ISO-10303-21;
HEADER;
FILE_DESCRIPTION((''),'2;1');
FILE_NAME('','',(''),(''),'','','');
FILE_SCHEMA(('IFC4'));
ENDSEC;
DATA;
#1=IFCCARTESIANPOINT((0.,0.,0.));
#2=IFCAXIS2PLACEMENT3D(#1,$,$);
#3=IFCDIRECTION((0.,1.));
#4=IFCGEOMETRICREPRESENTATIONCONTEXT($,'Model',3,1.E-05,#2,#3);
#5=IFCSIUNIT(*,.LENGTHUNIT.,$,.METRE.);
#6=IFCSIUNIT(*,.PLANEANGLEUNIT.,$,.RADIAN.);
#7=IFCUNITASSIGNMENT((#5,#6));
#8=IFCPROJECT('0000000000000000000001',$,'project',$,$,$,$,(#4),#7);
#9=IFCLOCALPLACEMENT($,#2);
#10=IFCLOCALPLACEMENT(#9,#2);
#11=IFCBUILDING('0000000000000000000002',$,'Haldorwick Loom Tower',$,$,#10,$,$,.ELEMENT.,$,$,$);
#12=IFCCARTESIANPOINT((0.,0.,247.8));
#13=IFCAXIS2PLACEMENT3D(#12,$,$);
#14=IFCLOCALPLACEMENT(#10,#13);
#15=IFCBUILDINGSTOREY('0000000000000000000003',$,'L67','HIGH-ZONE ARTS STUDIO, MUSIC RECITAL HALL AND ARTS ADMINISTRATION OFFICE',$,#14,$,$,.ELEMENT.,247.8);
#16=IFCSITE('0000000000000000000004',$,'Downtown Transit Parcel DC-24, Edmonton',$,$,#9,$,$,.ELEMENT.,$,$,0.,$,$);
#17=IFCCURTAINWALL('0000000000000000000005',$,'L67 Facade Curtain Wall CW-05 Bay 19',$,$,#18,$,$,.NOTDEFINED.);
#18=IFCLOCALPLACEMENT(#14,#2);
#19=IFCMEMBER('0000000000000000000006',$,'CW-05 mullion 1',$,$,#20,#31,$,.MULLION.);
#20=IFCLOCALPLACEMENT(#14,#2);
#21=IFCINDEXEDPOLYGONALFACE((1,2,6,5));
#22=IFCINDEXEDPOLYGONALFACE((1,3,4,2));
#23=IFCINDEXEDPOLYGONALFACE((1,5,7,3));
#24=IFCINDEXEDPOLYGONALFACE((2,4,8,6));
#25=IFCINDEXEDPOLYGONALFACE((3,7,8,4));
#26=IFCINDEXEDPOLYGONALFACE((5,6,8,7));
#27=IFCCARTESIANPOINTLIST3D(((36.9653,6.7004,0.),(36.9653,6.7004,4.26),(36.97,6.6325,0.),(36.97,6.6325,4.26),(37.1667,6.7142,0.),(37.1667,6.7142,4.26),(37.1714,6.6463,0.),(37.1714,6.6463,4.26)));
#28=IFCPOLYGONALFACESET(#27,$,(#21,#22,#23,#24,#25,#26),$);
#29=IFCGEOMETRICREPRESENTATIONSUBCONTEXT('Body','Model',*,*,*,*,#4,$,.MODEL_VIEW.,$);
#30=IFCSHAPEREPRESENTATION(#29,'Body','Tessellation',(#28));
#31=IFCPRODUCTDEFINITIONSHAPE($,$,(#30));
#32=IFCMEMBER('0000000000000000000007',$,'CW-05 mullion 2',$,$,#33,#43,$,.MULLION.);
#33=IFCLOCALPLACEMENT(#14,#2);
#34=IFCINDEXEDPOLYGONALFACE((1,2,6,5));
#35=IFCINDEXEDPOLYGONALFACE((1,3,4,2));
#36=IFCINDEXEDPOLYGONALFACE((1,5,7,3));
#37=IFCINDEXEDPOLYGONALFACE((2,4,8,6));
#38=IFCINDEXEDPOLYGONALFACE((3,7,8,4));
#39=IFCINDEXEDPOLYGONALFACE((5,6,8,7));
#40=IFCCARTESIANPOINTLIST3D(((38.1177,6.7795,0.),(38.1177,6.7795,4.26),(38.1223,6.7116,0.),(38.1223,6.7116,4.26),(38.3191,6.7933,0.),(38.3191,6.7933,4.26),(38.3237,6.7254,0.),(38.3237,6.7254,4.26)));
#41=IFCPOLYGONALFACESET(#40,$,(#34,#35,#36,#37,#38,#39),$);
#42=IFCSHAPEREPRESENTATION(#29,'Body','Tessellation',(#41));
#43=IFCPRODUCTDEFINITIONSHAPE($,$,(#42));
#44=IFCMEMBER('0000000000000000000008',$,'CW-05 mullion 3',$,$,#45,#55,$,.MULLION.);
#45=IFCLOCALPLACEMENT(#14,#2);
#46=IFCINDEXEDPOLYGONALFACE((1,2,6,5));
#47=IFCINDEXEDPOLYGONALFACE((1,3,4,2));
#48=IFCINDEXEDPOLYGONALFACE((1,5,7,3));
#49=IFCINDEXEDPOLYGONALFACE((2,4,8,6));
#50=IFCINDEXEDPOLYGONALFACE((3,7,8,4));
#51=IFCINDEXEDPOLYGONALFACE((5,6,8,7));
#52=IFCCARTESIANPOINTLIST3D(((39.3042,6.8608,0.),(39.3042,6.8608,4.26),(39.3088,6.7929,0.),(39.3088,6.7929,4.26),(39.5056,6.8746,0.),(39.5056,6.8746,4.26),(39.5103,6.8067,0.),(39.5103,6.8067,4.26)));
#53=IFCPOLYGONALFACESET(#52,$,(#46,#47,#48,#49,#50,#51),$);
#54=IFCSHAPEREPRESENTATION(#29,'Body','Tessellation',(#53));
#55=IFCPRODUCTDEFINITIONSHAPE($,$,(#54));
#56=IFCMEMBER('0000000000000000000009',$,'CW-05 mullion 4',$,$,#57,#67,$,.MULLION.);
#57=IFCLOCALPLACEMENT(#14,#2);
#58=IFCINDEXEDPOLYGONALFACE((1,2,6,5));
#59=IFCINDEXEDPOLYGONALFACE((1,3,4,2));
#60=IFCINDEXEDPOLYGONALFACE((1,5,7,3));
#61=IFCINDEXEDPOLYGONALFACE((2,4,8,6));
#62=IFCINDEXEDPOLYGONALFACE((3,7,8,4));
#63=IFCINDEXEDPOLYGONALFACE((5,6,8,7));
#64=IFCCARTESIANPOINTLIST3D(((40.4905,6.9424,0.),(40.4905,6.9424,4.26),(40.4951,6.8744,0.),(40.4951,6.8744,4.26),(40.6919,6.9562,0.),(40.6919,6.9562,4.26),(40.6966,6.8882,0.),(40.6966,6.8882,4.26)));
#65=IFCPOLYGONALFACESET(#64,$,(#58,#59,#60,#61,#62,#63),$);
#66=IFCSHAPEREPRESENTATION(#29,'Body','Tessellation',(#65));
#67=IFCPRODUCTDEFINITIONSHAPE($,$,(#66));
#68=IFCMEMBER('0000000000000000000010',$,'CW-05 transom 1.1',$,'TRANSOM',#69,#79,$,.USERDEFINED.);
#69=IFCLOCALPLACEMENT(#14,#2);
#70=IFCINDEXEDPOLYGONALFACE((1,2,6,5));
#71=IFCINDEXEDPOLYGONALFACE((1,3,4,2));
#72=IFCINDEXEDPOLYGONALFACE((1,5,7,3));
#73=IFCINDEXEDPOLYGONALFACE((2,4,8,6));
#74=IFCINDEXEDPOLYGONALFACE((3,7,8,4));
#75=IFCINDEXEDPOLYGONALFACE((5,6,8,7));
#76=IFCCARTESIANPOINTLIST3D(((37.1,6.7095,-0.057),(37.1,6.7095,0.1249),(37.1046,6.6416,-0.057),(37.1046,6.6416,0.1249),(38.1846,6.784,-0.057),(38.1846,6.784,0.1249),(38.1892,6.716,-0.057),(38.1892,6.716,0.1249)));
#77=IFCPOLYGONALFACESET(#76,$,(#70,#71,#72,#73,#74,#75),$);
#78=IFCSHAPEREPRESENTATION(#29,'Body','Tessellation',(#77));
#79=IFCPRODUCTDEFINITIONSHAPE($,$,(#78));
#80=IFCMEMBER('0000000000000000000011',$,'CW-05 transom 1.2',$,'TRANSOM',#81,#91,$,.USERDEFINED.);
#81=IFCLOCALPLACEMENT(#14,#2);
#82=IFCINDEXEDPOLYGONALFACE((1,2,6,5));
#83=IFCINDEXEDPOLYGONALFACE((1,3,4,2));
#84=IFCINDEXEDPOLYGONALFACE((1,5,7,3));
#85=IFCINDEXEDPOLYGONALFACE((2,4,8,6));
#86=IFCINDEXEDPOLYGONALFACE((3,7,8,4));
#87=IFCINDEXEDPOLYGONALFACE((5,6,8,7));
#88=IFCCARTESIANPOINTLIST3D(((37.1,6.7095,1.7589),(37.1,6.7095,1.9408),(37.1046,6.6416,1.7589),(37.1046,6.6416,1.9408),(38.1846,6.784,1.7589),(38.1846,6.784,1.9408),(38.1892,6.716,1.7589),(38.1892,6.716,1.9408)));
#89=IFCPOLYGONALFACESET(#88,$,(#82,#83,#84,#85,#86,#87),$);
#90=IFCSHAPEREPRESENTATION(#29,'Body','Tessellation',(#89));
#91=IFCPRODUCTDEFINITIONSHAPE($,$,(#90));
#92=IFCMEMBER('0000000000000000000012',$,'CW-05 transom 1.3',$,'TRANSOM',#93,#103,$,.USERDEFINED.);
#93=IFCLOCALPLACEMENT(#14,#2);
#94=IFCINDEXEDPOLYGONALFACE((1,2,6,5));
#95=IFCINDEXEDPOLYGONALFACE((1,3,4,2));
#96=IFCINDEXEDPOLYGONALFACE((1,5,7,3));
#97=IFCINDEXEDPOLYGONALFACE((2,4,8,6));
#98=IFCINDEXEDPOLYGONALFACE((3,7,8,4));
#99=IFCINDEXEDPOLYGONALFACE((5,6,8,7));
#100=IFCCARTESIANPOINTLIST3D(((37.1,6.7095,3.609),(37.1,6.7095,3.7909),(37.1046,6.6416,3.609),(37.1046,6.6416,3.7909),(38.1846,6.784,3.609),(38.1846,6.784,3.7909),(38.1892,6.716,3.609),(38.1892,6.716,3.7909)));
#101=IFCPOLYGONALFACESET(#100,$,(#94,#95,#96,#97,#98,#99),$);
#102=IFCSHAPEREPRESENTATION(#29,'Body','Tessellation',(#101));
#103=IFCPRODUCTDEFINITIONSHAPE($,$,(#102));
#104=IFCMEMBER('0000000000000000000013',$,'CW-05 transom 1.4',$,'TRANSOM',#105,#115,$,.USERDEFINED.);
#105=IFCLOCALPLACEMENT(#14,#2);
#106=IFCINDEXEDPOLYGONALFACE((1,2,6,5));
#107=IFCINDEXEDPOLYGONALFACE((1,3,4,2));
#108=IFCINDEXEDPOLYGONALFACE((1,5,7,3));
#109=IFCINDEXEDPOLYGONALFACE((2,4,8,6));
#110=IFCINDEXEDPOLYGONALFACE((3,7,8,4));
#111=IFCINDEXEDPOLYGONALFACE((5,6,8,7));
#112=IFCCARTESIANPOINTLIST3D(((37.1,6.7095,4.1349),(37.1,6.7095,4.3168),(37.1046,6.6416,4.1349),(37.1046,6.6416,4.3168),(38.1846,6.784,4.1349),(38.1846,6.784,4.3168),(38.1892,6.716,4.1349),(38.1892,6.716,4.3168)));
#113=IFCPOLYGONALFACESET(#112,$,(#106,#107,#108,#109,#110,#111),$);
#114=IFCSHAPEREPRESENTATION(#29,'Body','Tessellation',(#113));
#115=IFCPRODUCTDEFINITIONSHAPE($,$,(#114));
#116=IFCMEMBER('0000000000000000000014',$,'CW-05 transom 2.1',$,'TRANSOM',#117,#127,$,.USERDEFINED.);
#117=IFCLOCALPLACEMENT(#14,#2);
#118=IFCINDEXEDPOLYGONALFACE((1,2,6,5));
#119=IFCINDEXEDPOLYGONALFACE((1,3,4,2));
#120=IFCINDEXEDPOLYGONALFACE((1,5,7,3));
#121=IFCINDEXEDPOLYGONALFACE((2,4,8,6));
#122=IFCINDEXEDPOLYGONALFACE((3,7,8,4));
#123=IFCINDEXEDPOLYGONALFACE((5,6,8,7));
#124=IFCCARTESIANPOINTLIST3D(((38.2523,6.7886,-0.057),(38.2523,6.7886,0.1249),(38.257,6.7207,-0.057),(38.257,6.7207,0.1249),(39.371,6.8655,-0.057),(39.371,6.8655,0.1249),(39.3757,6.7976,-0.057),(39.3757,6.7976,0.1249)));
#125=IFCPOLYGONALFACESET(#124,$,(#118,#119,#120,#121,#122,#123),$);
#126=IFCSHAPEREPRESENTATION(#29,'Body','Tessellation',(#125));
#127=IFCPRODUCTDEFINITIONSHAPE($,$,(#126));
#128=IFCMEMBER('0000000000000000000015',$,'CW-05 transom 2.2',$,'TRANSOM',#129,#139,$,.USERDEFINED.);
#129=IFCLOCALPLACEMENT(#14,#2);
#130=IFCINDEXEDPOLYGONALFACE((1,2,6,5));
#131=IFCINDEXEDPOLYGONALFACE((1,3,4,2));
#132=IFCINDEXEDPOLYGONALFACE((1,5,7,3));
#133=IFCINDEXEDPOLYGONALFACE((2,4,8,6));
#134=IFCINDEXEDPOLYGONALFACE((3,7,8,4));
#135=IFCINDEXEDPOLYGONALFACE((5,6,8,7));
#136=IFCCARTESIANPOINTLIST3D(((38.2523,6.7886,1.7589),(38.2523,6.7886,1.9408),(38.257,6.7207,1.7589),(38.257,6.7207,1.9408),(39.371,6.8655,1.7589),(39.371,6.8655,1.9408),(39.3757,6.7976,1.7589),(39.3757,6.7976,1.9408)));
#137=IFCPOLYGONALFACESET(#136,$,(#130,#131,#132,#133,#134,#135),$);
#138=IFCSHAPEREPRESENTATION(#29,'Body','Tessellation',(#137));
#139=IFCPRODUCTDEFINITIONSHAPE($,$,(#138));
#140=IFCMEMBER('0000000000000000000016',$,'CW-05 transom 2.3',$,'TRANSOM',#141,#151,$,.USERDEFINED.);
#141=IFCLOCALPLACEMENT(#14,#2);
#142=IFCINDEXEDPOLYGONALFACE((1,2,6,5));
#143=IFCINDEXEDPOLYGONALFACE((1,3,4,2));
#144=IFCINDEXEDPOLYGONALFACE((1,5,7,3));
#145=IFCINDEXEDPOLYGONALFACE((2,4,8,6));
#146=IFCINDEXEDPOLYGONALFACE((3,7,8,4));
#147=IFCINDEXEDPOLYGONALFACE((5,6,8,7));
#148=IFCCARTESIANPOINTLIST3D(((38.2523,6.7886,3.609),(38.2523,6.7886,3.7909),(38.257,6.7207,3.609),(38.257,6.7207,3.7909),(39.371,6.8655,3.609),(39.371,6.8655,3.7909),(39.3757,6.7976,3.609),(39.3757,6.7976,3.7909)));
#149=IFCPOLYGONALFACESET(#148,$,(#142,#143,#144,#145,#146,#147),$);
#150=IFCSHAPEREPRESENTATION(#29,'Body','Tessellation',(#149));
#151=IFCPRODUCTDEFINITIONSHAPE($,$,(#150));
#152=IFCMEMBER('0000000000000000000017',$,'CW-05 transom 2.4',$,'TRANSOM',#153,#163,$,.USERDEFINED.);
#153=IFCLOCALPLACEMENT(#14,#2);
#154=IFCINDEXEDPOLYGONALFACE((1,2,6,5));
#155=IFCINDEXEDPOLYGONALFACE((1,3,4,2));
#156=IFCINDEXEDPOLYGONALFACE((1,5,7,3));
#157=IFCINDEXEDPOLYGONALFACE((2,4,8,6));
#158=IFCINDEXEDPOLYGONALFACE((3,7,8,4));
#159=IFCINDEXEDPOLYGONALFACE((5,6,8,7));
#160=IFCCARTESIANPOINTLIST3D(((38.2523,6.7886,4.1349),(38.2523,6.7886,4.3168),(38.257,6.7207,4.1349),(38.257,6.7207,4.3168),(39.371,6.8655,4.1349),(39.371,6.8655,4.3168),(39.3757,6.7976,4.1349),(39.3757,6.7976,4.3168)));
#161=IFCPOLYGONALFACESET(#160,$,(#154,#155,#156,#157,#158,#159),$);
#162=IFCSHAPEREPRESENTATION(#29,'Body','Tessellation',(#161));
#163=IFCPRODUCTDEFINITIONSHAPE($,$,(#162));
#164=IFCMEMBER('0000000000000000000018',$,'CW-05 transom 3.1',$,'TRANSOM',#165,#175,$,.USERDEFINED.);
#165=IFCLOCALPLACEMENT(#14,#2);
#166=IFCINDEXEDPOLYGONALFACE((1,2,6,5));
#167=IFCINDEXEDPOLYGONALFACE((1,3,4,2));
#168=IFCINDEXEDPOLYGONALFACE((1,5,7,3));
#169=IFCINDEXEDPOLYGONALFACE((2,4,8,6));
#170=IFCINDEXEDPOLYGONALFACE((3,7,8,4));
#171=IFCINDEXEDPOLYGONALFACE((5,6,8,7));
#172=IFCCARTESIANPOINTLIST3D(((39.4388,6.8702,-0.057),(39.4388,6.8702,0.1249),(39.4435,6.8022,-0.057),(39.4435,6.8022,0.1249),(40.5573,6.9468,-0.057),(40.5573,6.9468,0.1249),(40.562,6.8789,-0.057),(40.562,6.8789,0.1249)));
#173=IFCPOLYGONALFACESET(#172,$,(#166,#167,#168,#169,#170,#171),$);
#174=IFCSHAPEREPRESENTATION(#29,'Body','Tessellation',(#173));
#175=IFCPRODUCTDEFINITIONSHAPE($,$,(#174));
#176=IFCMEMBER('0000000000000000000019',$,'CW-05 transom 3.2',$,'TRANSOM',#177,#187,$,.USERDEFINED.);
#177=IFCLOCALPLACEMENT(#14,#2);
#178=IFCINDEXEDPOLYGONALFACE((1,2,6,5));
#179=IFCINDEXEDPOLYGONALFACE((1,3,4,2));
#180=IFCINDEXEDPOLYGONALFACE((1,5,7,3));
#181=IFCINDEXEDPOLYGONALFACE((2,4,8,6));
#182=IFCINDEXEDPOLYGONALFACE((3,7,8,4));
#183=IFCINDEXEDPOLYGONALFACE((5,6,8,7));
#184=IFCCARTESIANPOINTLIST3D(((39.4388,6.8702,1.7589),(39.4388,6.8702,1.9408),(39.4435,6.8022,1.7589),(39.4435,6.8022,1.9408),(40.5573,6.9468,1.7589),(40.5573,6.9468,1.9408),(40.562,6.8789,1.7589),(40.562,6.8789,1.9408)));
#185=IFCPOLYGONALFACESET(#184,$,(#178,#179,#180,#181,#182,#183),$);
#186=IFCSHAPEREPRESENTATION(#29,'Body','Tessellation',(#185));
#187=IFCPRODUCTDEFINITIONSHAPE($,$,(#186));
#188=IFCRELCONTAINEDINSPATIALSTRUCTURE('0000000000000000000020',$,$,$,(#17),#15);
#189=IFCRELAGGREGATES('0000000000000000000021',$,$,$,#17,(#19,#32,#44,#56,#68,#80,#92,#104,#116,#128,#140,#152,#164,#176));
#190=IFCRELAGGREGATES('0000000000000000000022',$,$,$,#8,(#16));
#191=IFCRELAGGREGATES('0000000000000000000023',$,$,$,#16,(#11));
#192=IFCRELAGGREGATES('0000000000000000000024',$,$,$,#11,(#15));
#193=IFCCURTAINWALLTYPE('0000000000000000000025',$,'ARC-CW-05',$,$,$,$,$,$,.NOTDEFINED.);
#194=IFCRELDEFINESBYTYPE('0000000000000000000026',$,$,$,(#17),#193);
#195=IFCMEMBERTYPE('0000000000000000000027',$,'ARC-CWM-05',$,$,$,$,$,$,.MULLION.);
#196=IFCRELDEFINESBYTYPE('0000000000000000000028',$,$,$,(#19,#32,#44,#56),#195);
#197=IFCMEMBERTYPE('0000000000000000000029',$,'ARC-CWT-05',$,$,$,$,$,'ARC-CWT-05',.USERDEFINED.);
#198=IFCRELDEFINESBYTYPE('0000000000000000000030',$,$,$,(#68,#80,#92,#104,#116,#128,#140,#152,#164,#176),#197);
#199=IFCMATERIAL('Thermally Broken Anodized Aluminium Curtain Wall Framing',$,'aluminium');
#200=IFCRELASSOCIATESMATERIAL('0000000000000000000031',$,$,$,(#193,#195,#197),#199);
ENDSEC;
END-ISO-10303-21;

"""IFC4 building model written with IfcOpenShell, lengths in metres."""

from ifc_helpers import new_model, si_unit, direction, frame, origin, origin_2d, place, context, subcontext, project, spatial, rectangle, extrude, material, material_profile, profile_set, type_object, element, aggregate, save


model = new_model("IFC4")

# Units and contexts
model_context = context("Model", 3, precision=1e-05, world=origin(), true_north=direction((0.0, 1.0)))
body_context = subcontext(model_context, "Body", "Model", "MODEL_VIEW")
ifc_project = project(units=[si_unit("LENGTHUNIT", "METRE"), si_unit("PLANEANGLEUNIT", "RADIAN")], contexts=[model_context])

# Site, building, storey
site_placement = place(None, origin())
site = spatial("IfcSite", under=ifc_project, at=site_placement, Name="Downtown Transit Parcel DC-24, Edmonton", CompositionType="ELEMENT", RefElevation=0.0)
building_placement = place(site_placement, origin())
building = spatial("IfcBuilding", under=site, at=building_placement, Name="Haldorwick Loom Tower", CompositionType="ELEMENT")
storey_placement = place(building_placement, frame((0.0, 0.0, 247.8)))
storey = spatial("IfcBuildingStorey", under=building, at=storey_placement, Name="L67", Description="HIGH-ZONE ARTS STUDIO, MUSIC RECITAL HALL AND ARTS ADMINISTRATION OFFICE", CompositionType="ELEMENT", Elevation=247.8)

# Curtain wall, members
ifc_material_1 = material(Name="Thermally Broken Anodized Aluminium Curtain Wall Framing", Category="aluminium")
curtain_wall_type = type_object("IfcCurtainWallType", Name="ARC-CW-05", PredefinedType="NOTDEFINED", material=ifc_material_1)
curtain_wall_placement = place(storey_placement, origin())
curtain_wall = element("IfcCurtainWall", 1, at=curtain_wall_placement, inside=storey, type_object=curtain_wall_type, Name="L67 Facade Curtain Wall CW-05 Bay 19", PredefinedType="NOTDEFINED")
ifc_material_profile_1 = material_profile(ifc_material_1, rectangle(XDim=0.0681, YDim=0.2019, at=origin_2d()), Name="ALU_MUL_68X202", Category="aluminium")
ifc_profile_set_1 = profile_set([ifc_material_profile_1], Name="Thermally Broken Anodized Aluminium Curtain Wall Framing")
member_type_1 = type_object("IfcMemberType", Name="ARC-CWM-05", PredefinedType="MULLION", material=ifc_profile_set_1)
member_1_placement = place(storey_placement, frame((37.0684, 6.6733, 0.0), z_axis=(0.0, 0.0, 1.0), x_axis=(-0.068454, 0.997654, 0.0)))
member_1 = element("IfcMember", 2, at=member_1_placement, type_object=member_type_1, Name="CW-05 mullion 1", PredefinedType="MULLION", context=body_context, shape_type="SweptSolid", body=[
    extrude(rectangle(XDim=0.0681, YDim=0.2019, at=origin_2d()), origin(), (0.0, 0.0, 1.0), 4.26),
])
member_2_placement = place(storey_placement, frame((38.2207, 6.7524, 0.0), z_axis=(0.0, 0.0, 1.0), x_axis=(-0.068454, 0.997654, 0.0)))
member_2 = element("IfcMember", 3, at=member_2_placement, type_object=member_type_1, Name="CW-05 mullion 2", PredefinedType="MULLION", context=body_context, shape_type="SweptSolid", body=[
    extrude(rectangle(XDim=0.0681, YDim=0.2019, at=origin_2d()), origin(), (0.0, 0.0, 1.0), 4.26),
])
member_3_placement = place(storey_placement, frame((39.4072, 6.8337, 0.0), z_axis=(0.0, 0.0, 1.0), x_axis=(-0.068454, 0.997654, 0.0)))
member_3 = element("IfcMember", 4, at=member_3_placement, type_object=member_type_1, Name="CW-05 mullion 3", PredefinedType="MULLION", context=body_context, shape_type="SweptSolid", body=[
    extrude(rectangle(XDim=0.0681, YDim=0.2019, at=origin_2d()), origin(), (0.0, 0.0, 1.0), 4.26),
])
member_4_placement = place(storey_placement, frame((40.5935, 6.9153, 0.0), z_axis=(0.0, 0.0, 1.0), x_axis=(-0.068454, 0.997654, 0.0)))
member_4 = element("IfcMember", 5, at=member_4_placement, type_object=member_type_1, Name="CW-05 mullion 4", PredefinedType="MULLION", context=body_context, shape_type="SweptSolid", body=[
    extrude(rectangle(XDim=0.0681, YDim=0.2019, at=origin_2d()), origin(), (0.0, 0.0, 1.0), 4.26),
])
ifc_material_profile_2 = material_profile(ifc_material_1, rectangle(XDim=0.0681, YDim=0.1819, at=origin_2d()), Name="ALU_TRN_68X182", Category="aluminium")
ifc_profile_set_2 = profile_set([ifc_material_profile_2], Name="Thermally Broken Anodized Aluminium Curtain Wall Framing")
member_type_2 = type_object("IfcMemberType", Name="ARC-CWT-05", ElementType="ARC-CWT-05", PredefinedType="USERDEFINED", material=ifc_profile_set_2)
member_5_placement = place(storey_placement, frame((37.1023, 6.6755, 0.0339), z_axis=(0.997652, 0.068486, 0.0), x_axis=(-0.068486, 0.997652, 0.0)))
member_5 = element("IfcMember", 6, at=member_5_placement, type_object=member_type_2, Name="CW-05 transom 1.1", ObjectType="TRANSOM", PredefinedType="USERDEFINED", context=body_context, shape_type="SweptSolid", body=[
    extrude(rectangle(XDim=0.0681, YDim=0.1819, at=origin_2d()), origin(), (0.0, 0.0, 1.0), 1.0872),
])
member_6_placement = place(storey_placement, frame((37.1023, 6.6755, 1.8499), z_axis=(0.997652, 0.068486, 0.0), x_axis=(-0.068486, 0.997652, 0.0)))
member_6 = element("IfcMember", 7, at=member_6_placement, type_object=member_type_2, Name="CW-05 transom 1.2", ObjectType="TRANSOM", PredefinedType="USERDEFINED", context=body_context, shape_type="SweptSolid", body=[
    extrude(rectangle(XDim=0.0681, YDim=0.1819, at=origin_2d()), origin(), (0.0, 0.0, 1.0), 1.0872),
])
member_7_placement = place(storey_placement, frame((37.1023, 6.6755, 3.7), z_axis=(0.997652, 0.068486, 0.0), x_axis=(-0.068486, 0.997652, 0.0)))
member_7 = element("IfcMember", 8, at=member_7_placement, type_object=member_type_2, Name="CW-05 transom 1.3", ObjectType="TRANSOM", PredefinedType="USERDEFINED", context=body_context, shape_type="SweptSolid", body=[
    extrude(rectangle(XDim=0.0681, YDim=0.1819, at=origin_2d()), origin(), (0.0, 0.0, 1.0), 1.0872),
])
member_8_placement = place(storey_placement, frame((37.1023, 6.6755, 4.2258), z_axis=(0.997652, 0.068486, 0.0), x_axis=(-0.068486, 0.997652, 0.0)))
member_8 = element("IfcMember", 9, at=member_8_placement, type_object=member_type_2, Name="CW-05 transom 1.4", ObjectType="TRANSOM", PredefinedType="USERDEFINED", context=body_context, shape_type="SweptSolid", body=[
    extrude(rectangle(XDim=0.0681, YDim=0.1819, at=origin_2d()), origin(), (0.0, 0.0, 1.0), 1.0872),
])
member_9_placement = place(storey_placement, frame((38.2546, 6.7546, 0.0339), z_axis=(0.997645, 0.068585, 0.0), x_axis=(-0.068585, 0.997645, 0.0)))
member_9 = element("IfcMember", 10, at=member_9_placement, type_object=member_type_2, Name="CW-05 transom 2.1", ObjectType="TRANSOM", PredefinedType="USERDEFINED", context=body_context, shape_type="SweptSolid", body=[
    extrude(rectangle(XDim=0.0681, YDim=0.1819, at=origin_2d()), origin(), (0.0, 0.0, 1.0), 1.1213),
])
member_10_placement = place(storey_placement, frame((38.2546, 6.7546, 1.8499), z_axis=(0.997645, 0.068585, 0.0), x_axis=(-0.068585, 0.997645, 0.0)))
member_10 = element("IfcMember", 11, at=member_10_placement, type_object=member_type_2, Name="CW-05 transom 2.2", ObjectType="TRANSOM", PredefinedType="USERDEFINED", context=body_context, shape_type="SweptSolid", body=[
    extrude(rectangle(XDim=0.0681, YDim=0.1819, at=origin_2d()), origin(), (0.0, 0.0, 1.0), 1.1213),
])
member_11_placement = place(storey_placement, frame((38.2546, 6.7546, 3.7), z_axis=(0.997645, 0.068585, 0.0), x_axis=(-0.068585, 0.997645, 0.0)))
member_11 = element("IfcMember", 12, at=member_11_placement, type_object=member_type_2, Name="CW-05 transom 2.3", ObjectType="TRANSOM", PredefinedType="USERDEFINED", context=body_context, shape_type="SweptSolid", body=[
    extrude(rectangle(XDim=0.0681, YDim=0.1819, at=origin_2d()), origin(), (0.0, 0.0, 1.0), 1.1213),
])
member_12_placement = place(storey_placement, frame((38.2546, 6.7546, 4.2258), z_axis=(0.997645, 0.068585, 0.0), x_axis=(-0.068585, 0.997645, 0.0)))
member_12 = element("IfcMember", 13, at=member_12_placement, type_object=member_type_2, Name="CW-05 transom 2.4", ObjectType="TRANSOM", PredefinedType="USERDEFINED", context=body_context, shape_type="SweptSolid", body=[
    extrude(rectangle(XDim=0.0681, YDim=0.1819, at=origin_2d()), origin(), (0.0, 0.0, 1.0), 1.1213),
])
member_13_placement = place(storey_placement, frame((39.4412, 6.8362, 0.0339), z_axis=(0.997659, 0.068384, 0.0), x_axis=(-0.068384, 0.997659, 0.0)))
member_13 = element("IfcMember", 14, at=member_13_placement, type_object=member_type_2, Name="CW-05 transom 3.1", ObjectType="TRANSOM", PredefinedType="USERDEFINED", context=body_context, shape_type="SweptSolid", body=[
    extrude(rectangle(XDim=0.0681, YDim=0.1819, at=origin_2d()), origin(), (0.0, 0.0, 1.0), 1.1211),
])
member_14_placement = place(storey_placement, frame((39.4412, 6.8362, 1.8499), z_axis=(0.997659, 0.068384, 0.0), x_axis=(-0.068384, 0.997659, 0.0)))
member_14 = element("IfcMember", 15, at=member_14_placement, type_object=member_type_2, Name="CW-05 transom 3.2", ObjectType="TRANSOM", PredefinedType="USERDEFINED", context=body_context, shape_type="SweptSolid", body=[
    extrude(rectangle(XDim=0.0681, YDim=0.1819, at=origin_2d()), origin(), (0.0, 0.0, 1.0), 1.1211),
])
aggregate(curtain_wall, [member_1, member_2, member_3, member_4, member_5, member_6, member_7, member_8, member_9, member_10, member_11, member_12, member_13, member_14])

save(model, "model.ifc")
